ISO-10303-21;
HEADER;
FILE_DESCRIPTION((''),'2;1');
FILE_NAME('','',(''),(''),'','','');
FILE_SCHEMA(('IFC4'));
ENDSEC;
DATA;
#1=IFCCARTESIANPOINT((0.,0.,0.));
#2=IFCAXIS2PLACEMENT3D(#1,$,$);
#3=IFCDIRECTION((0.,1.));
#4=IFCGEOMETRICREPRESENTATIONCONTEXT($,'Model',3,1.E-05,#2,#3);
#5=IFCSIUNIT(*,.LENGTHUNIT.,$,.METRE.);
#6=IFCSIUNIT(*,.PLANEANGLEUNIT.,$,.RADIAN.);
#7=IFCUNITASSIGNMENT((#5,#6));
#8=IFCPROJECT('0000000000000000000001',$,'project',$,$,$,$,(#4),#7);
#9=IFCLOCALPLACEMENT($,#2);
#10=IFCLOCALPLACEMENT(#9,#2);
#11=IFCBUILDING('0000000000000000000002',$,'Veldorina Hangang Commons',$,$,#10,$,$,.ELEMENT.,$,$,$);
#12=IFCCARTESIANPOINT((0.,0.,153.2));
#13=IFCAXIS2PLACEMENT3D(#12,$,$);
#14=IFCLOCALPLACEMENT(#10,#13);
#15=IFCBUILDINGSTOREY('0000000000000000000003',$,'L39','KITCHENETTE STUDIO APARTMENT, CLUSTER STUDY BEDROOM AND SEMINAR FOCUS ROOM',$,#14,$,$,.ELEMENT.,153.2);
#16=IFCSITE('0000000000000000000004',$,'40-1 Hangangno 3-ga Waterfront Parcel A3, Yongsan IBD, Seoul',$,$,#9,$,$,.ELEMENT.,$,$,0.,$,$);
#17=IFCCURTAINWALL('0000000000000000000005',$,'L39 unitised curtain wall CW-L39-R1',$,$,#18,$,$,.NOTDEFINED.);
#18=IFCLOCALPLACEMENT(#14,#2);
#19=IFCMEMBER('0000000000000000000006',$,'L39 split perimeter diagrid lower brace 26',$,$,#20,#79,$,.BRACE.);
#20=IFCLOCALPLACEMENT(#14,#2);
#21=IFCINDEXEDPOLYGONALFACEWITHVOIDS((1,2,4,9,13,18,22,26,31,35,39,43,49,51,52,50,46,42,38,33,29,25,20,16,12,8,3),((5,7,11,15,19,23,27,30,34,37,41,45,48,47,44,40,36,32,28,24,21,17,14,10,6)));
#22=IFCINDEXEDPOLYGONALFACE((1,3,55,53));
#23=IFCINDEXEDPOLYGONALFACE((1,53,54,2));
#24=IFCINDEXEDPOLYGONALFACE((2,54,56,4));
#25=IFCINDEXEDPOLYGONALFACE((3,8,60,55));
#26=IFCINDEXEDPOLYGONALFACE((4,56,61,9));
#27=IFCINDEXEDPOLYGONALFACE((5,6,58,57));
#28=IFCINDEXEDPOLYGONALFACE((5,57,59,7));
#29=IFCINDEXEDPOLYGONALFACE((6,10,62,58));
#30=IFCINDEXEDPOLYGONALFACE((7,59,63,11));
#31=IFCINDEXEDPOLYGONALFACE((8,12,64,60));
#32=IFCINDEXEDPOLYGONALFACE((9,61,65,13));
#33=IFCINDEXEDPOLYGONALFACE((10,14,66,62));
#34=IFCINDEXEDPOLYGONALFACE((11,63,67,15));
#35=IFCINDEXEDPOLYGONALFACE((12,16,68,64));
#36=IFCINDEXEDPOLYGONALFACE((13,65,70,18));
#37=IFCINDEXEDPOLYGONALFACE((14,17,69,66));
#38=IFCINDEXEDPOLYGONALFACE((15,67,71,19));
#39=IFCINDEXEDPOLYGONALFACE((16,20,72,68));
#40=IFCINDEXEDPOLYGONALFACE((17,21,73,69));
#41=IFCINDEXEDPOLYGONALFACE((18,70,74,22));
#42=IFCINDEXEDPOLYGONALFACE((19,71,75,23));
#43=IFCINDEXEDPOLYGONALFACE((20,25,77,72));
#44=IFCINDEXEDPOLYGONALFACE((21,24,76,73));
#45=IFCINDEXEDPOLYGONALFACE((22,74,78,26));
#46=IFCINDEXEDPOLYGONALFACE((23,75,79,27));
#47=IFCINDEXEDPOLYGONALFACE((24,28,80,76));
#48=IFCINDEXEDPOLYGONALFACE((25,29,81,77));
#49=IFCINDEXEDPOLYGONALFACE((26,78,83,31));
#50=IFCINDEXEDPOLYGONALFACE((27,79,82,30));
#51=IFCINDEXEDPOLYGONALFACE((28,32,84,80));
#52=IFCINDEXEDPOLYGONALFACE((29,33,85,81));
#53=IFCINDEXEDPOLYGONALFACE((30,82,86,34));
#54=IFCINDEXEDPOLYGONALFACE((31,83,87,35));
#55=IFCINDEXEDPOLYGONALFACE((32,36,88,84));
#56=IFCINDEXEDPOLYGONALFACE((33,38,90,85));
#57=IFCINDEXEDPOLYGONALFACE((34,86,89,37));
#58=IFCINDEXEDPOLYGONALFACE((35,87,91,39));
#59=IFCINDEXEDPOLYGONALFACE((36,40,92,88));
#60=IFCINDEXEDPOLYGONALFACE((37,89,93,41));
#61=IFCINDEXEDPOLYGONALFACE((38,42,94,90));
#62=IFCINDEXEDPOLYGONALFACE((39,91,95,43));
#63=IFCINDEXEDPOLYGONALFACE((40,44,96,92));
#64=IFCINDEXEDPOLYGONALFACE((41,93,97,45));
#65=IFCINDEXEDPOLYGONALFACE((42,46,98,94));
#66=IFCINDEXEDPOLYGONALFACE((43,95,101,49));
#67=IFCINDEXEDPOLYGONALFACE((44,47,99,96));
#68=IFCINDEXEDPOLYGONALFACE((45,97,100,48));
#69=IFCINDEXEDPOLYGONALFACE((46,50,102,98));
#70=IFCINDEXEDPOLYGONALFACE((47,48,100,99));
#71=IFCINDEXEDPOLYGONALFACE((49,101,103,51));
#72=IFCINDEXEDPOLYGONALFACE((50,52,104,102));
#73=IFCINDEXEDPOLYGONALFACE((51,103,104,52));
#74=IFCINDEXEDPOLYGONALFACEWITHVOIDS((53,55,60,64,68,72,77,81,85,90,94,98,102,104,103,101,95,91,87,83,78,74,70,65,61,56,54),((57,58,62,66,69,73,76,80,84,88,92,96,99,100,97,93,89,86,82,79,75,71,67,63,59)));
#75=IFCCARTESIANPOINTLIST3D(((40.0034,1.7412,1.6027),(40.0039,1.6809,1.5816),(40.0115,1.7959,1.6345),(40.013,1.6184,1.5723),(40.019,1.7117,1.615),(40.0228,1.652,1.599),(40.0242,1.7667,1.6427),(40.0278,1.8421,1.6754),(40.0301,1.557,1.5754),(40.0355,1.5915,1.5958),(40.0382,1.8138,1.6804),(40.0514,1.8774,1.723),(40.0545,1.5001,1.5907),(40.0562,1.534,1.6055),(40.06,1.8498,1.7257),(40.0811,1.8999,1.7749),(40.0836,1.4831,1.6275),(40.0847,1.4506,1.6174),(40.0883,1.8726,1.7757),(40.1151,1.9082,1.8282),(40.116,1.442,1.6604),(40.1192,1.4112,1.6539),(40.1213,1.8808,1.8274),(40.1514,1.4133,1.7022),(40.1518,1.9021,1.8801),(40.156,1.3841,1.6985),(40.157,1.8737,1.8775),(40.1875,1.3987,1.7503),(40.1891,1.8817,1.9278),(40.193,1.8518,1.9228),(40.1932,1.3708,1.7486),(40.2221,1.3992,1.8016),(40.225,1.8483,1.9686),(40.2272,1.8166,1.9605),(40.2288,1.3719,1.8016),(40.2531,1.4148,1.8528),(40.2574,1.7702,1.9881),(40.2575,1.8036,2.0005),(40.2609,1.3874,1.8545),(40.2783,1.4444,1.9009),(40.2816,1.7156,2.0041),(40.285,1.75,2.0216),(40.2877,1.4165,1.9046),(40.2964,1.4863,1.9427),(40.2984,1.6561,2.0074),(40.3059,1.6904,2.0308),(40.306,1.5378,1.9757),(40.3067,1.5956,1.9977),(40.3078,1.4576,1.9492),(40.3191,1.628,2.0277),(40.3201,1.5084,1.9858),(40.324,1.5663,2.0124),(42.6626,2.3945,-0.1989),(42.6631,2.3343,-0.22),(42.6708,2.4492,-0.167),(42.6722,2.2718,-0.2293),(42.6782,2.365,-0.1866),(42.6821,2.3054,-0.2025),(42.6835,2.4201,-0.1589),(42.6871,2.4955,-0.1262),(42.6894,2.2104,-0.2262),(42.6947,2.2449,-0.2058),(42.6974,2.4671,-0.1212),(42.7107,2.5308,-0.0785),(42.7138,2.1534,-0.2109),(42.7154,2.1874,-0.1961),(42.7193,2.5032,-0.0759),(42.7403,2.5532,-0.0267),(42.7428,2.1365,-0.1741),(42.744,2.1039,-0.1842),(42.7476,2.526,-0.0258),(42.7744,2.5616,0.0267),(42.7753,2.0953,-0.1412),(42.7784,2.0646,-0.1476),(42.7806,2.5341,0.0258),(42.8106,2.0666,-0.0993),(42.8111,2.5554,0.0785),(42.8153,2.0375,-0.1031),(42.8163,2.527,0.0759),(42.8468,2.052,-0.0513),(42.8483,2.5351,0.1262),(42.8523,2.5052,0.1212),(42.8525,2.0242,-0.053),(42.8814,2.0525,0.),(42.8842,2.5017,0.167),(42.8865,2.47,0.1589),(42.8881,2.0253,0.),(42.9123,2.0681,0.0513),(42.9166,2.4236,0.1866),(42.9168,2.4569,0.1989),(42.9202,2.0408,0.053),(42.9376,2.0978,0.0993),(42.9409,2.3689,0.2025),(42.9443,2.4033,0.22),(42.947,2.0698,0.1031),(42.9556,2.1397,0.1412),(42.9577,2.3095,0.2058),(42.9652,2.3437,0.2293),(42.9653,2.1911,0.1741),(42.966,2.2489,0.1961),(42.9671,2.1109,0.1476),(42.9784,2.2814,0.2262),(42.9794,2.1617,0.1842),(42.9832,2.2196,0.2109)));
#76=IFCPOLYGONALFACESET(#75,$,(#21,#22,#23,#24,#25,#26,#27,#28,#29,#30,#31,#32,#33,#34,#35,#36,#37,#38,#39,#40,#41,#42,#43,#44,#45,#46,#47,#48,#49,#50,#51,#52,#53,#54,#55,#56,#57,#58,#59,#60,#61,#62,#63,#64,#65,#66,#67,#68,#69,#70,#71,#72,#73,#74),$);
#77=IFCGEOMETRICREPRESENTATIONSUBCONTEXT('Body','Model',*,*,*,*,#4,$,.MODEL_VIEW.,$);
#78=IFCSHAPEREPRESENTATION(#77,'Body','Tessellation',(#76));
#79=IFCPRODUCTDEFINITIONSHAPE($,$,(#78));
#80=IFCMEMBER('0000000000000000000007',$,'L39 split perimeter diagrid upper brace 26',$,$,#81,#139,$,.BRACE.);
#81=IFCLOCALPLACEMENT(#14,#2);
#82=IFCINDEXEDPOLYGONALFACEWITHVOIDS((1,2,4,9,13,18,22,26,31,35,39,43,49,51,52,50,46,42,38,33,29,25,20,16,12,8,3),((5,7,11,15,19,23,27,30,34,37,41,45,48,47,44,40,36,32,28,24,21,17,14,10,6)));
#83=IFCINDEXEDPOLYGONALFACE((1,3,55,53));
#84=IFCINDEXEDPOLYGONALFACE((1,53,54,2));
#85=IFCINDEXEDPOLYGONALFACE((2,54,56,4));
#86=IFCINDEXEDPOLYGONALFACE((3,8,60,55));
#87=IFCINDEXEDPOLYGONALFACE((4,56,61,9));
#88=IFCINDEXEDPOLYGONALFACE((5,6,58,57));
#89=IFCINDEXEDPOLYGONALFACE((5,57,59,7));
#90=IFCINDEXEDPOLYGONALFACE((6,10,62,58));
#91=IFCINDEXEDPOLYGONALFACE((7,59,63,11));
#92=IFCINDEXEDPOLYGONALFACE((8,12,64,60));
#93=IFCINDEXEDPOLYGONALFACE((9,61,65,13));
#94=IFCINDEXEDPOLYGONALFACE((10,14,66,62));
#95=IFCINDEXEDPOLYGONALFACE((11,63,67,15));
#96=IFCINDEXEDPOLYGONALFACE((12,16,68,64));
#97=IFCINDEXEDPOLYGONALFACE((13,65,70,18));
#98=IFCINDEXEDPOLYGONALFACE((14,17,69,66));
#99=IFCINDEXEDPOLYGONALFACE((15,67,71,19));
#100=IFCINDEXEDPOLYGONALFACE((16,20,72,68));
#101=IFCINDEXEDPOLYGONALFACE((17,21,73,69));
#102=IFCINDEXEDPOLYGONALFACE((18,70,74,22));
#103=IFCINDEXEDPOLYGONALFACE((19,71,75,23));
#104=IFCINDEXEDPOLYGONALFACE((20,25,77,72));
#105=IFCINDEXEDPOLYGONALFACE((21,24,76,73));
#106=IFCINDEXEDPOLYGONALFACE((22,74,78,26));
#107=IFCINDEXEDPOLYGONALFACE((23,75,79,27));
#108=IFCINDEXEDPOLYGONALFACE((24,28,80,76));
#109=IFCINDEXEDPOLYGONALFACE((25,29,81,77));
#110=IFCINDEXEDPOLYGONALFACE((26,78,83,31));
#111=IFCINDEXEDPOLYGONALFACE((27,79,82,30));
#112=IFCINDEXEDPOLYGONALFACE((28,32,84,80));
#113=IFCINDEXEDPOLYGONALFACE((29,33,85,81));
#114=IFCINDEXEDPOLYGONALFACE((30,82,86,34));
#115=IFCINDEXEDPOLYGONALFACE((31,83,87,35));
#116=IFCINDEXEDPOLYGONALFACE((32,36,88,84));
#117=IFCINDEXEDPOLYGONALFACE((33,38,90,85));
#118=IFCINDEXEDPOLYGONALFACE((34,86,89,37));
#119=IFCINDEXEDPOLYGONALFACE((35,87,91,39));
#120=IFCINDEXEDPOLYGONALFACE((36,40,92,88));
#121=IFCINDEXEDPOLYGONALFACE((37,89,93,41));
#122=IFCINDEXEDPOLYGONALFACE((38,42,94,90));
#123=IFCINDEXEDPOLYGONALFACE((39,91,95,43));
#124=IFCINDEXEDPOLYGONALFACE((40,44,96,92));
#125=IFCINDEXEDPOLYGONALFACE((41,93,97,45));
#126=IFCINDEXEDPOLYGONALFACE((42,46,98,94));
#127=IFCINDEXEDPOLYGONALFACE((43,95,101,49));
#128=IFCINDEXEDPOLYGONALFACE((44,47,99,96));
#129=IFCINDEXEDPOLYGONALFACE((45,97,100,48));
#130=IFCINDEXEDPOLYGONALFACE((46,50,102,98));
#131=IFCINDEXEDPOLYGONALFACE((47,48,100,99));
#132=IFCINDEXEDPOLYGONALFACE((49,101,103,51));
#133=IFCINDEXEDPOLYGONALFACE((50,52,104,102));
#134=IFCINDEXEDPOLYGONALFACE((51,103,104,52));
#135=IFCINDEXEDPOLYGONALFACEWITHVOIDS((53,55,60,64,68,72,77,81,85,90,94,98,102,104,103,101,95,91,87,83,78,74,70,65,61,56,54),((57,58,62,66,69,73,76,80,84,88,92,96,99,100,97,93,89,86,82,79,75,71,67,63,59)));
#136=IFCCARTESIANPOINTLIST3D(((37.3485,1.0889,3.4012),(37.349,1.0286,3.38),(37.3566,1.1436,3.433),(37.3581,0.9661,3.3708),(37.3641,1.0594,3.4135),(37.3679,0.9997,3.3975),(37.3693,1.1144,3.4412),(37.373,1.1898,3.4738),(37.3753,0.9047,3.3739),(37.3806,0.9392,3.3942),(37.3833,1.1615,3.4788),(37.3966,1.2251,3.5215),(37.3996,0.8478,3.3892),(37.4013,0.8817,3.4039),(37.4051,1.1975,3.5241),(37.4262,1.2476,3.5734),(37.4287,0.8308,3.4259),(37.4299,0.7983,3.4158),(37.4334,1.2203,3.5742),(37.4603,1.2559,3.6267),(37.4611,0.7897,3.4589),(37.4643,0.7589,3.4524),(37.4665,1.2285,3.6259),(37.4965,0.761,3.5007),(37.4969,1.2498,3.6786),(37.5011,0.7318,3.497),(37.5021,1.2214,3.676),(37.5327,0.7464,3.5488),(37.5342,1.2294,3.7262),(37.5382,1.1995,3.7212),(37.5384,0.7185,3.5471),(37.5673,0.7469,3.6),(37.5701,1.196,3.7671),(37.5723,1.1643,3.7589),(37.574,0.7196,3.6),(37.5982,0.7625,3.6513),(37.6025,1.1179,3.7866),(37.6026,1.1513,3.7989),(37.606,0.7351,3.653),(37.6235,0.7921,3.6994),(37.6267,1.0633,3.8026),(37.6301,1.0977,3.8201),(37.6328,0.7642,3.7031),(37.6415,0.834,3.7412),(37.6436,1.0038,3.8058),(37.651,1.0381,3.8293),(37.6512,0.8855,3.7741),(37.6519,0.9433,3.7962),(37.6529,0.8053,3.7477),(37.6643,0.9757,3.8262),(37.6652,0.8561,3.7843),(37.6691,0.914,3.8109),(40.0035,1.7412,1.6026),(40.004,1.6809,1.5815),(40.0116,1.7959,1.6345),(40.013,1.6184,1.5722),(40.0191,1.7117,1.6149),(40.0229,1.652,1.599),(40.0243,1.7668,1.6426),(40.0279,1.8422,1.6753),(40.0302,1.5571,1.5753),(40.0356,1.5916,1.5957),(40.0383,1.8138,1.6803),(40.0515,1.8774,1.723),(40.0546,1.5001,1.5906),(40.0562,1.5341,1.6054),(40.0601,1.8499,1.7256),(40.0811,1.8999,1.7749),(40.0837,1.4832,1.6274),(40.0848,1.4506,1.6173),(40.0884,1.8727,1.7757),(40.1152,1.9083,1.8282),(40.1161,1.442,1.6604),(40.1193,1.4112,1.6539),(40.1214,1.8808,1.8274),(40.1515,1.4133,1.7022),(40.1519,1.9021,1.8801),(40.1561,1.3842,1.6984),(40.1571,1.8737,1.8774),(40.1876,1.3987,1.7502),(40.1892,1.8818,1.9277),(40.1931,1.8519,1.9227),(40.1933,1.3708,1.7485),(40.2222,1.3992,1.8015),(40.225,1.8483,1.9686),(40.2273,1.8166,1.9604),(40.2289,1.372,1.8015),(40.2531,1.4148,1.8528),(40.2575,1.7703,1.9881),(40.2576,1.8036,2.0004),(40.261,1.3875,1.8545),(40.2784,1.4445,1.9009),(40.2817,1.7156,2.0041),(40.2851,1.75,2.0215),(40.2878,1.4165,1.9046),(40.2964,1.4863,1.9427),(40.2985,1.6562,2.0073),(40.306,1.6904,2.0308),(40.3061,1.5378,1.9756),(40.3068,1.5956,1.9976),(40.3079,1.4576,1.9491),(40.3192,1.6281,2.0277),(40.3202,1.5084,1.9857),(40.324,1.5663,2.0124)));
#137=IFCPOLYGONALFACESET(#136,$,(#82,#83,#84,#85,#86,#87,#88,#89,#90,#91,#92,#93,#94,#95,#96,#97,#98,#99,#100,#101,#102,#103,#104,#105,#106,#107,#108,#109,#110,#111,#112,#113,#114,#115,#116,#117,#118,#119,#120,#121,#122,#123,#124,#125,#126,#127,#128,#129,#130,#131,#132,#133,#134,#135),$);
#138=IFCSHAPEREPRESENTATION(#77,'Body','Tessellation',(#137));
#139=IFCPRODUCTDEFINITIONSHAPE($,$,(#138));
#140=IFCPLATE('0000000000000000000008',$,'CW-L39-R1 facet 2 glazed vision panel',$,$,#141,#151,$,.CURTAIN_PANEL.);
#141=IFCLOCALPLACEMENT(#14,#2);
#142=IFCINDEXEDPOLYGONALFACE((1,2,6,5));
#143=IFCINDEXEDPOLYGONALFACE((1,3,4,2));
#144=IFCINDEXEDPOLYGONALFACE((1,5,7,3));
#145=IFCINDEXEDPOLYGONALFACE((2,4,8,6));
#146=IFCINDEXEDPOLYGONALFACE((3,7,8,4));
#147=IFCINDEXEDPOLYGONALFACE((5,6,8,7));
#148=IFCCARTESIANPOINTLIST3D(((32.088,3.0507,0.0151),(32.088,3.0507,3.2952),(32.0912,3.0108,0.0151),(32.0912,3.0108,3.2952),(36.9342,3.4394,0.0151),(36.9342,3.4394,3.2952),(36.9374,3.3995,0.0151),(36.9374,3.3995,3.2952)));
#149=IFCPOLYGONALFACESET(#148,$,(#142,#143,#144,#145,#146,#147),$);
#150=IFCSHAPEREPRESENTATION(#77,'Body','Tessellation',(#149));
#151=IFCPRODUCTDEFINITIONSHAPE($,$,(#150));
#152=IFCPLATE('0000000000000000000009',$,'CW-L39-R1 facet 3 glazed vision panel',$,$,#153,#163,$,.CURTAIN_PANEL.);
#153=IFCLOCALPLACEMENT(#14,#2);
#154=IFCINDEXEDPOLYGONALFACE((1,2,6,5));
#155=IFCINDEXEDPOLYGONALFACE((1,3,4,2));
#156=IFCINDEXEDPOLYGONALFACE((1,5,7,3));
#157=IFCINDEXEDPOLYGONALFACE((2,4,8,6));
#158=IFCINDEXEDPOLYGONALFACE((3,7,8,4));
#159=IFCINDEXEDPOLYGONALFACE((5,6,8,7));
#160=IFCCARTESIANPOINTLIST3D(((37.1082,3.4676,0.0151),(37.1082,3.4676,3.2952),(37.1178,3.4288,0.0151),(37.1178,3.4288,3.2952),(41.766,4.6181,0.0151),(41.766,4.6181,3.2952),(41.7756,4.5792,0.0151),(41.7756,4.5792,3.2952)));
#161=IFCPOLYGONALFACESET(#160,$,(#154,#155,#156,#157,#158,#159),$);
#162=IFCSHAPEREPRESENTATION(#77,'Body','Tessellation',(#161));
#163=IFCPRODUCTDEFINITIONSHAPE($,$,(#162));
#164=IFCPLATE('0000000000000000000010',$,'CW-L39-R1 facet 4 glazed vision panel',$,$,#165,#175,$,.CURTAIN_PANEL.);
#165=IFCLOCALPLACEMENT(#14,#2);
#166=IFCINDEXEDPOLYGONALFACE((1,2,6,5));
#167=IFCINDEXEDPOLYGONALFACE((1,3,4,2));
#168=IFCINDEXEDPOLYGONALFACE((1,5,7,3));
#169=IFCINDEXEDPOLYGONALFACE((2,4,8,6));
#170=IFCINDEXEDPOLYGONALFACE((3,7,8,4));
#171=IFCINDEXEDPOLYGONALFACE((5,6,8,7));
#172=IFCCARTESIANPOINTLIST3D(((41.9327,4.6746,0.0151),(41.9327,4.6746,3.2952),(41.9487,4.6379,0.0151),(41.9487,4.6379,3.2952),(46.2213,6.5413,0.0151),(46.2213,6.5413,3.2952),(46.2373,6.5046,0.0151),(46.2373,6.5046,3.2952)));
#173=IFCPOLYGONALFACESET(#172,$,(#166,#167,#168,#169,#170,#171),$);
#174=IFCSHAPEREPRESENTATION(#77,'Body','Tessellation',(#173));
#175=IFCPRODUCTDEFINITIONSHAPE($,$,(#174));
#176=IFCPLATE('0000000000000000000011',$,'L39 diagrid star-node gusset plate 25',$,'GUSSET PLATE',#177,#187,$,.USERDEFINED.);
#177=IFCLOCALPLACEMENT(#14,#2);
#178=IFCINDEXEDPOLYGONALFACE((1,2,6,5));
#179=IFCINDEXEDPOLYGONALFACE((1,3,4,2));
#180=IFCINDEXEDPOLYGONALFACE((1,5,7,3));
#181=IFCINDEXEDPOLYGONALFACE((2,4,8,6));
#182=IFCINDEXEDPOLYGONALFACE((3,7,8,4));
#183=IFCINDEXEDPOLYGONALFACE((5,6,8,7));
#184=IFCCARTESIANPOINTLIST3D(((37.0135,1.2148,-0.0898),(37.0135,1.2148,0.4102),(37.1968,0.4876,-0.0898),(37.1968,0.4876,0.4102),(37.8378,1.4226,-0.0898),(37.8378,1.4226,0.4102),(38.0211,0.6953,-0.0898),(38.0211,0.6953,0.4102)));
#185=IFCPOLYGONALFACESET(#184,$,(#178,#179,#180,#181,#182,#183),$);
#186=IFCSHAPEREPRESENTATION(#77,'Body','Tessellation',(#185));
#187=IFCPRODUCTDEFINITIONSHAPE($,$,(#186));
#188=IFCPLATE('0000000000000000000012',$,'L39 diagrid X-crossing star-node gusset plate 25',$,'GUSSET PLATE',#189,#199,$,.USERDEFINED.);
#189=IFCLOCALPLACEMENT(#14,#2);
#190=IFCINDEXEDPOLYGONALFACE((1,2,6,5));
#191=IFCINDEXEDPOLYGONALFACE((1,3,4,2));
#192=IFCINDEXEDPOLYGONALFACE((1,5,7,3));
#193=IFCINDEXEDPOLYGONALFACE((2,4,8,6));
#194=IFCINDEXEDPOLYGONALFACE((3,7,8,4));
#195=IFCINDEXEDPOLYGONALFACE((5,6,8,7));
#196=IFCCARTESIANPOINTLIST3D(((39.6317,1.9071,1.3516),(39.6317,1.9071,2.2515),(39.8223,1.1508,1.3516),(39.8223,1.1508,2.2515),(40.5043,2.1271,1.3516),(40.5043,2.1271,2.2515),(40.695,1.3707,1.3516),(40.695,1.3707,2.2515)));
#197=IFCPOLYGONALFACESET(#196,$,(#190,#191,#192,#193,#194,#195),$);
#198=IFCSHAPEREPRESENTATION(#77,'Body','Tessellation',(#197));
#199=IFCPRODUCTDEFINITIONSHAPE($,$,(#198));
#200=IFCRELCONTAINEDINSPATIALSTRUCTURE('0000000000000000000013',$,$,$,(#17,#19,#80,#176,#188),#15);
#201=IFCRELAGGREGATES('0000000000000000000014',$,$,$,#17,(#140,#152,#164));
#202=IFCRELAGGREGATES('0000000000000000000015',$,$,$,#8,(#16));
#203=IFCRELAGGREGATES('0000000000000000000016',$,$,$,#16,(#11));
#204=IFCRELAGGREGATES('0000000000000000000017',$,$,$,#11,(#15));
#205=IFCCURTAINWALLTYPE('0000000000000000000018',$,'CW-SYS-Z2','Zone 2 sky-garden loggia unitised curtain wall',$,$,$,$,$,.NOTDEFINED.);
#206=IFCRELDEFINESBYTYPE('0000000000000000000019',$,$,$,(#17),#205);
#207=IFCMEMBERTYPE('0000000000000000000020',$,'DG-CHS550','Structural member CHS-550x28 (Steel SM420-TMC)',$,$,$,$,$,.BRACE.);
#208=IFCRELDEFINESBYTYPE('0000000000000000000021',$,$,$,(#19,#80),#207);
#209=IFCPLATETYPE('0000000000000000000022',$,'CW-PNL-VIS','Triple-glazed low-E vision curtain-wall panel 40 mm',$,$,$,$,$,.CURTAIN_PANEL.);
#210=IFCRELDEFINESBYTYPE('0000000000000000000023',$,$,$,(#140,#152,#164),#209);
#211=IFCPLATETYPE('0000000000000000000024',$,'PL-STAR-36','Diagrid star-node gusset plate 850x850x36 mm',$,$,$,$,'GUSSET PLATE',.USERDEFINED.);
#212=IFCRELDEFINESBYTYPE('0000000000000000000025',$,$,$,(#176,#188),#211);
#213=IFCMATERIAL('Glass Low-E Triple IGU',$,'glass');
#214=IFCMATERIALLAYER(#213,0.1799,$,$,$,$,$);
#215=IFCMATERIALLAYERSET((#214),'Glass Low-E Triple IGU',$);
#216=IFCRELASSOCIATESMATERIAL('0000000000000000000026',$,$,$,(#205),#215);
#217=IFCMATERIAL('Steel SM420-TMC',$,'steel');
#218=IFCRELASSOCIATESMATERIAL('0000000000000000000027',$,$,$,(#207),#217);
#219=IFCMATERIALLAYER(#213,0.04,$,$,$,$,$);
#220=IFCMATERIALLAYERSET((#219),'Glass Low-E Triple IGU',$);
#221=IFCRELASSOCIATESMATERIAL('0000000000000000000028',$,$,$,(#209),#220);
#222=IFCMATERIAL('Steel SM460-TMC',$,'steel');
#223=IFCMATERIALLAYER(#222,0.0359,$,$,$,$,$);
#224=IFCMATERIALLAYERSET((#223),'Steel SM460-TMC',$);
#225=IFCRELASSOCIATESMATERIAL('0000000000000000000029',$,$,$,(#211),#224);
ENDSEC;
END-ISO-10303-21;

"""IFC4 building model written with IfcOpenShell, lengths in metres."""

from ifc_helpers import new_model, si_unit, direction, frame, origin, origin_2d, place, context, subcontext, project, spatial, rectangle, hollow_circle, extrude, material, layer, layer_set, material_profile, profile_set, type_object, element, aggregate, save


model = new_model("IFC4")

# Units and contexts
model_context = context("Model", 3, precision=1e-05, world=origin(), true_north=direction((0.0, 1.0)))
body_context = subcontext(model_context, "Body", "Model", "MODEL_VIEW")
ifc_project = project(units=[si_unit("LENGTHUNIT", "METRE"), si_unit("PLANEANGLEUNIT", "RADIAN")], contexts=[model_context])

# Site, building, storey
site_placement = place(None, origin())
site = spatial("IfcSite", under=ifc_project, at=site_placement, Name="40-1 Hangangno 3-ga Waterfront Parcel A3, Yongsan IBD, Seoul", CompositionType="ELEMENT", RefElevation=0.0)
building_placement = place(site_placement, origin())
building = spatial("IfcBuilding", under=site, at=building_placement, Name="Veldorina Hangang Commons", CompositionType="ELEMENT")
storey_placement = place(building_placement, frame((0.0, 0.0, 153.2)))
storey = spatial("IfcBuildingStorey", under=building, at=storey_placement, Name="L39", Description="KITCHENETTE STUDIO APARTMENT, CLUSTER STUDY BEDROOM AND SEMINAR FOCUS ROOM", CompositionType="ELEMENT", Elevation=153.2)

# Shared definitions
ifc_material_1 = material(Name="Steel SM420-TMC", Category="steel")

# Curtain wall
ifc_material_2 = material(Name="Glass Low-E Triple IGU", Category="glass")
ifc_layer_1 = layer(ifc_material_2, 0.1799)
ifc_layer_set_1 = layer_set([ifc_layer_1], Name="Glass Low-E Triple IGU")
curtain_wall_type = type_object("IfcCurtainWallType", Name="CW-SYS-Z2", Description="Zone 2 sky-garden loggia unitised curtain wall", PredefinedType="NOTDEFINED", material=ifc_layer_set_1)
curtain_wall_placement = place(storey_placement, origin())
curtain_wall = element("IfcCurtainWall", 1, at=curtain_wall_placement, inside=storey, type_object=curtain_wall_type, Name="L39 unitised curtain wall CW-L39-R1", PredefinedType="NOTDEFINED")

# Members
ifc_material_profile_1 = material_profile(ifc_material_1, hollow_circle(Radius=0.2749, WallThickness=0.0281, at=origin_2d()), Name="CHS-550x28")
ifc_profile_set_1 = profile_set([ifc_material_profile_1], Name="Steel SM420-TMC")
member_type_1 = type_object("IfcMemberType", Name="DG-CHS550", Description="Structural member CHS-550x28 (Steel SM420-TMC)", PredefinedType="BRACE", material=ifc_profile_set_1)
member_1_placement = place(storey_placement, frame((42.8225, 2.2922, 0.0), z_axis=(-0.811287, -0.199321, 0.549622), x_axis=(0.23859, -0.97112, 0.0)))
element("IfcMember", 2, at=member_1_placement, inside=storey, type_object=member_type_1, Name="L39 split perimeter diagrid lower brace 26", PredefinedType="BRACE", context=body_context, shape_type="SweptSolid", body=[
    extrude(hollow_circle(Radius=0.2749, WallThickness=0.0281, at=origin_2d()), origin(), (0.0, 0.0, 1.0), 3.2778),
])
member_2_placement = place(storey_placement, frame((40.1633, 1.6389, 1.8015), z_axis=(-0.811301, -0.199338, 0.549596), x_axis=(0.238605, -0.971117, 0.0)))
element("IfcMember", 3, at=member_2_placement, inside=storey, type_object=member_type_1, Name="L39 split perimeter diagrid upper brace 26", PredefinedType="BRACE", context=body_context, shape_type="SweptSolid", body=[
    extrude(hollow_circle(Radius=0.2749, WallThickness=0.0281, at=origin_2d()), origin(), (0.0, 0.0, 1.0), 3.2725),
])

# Plates
ifc_layer_2 = layer(ifc_material_2, 0.04)
ifc_layer_set_2 = layer_set([ifc_layer_2], Name="Glass Low-E Triple IGU")
plate_type_1 = type_object("IfcPlateType", Name="CW-PNL-VIS", Description="Triple-glazed low-E vision curtain-wall panel 40 mm", PredefinedType="CURTAIN_PANEL", material=ifc_layer_set_2)
plate_1_placement = place(storey_placement, frame((34.5127, 3.2251, 0.0151), z_axis=(0.0, 0.0, 1.0), x_axis=(0.996798, 0.079955, 0.0)))
plate_1 = element("IfcPlate", 4, at=plate_1_placement, type_object=plate_type_1, Name="CW-L39-R1 facet 2 glazed vision panel", PredefinedType="CURTAIN_PANEL", context=body_context, shape_type="SweptSolid", body=[
    extrude(rectangle(XDim=4.8618, YDim=0.04, at=origin_2d()), origin(), (0.0, 0.0, 1.0), 3.28),
])
plate_2_placement = place(storey_placement, frame((39.4419, 4.0234, 0.0151), z_axis=(0.0, 0.0, 1.0), x_axis=(0.970825, 0.239788, 0.0)))
plate_2 = element("IfcPlate", 5, at=plate_2_placement, type_object=plate_type_1, Name="CW-L39-R1 facet 3 glazed vision panel", PredefinedType="CURTAIN_PANEL", context=body_context, shape_type="SweptSolid", body=[
    extrude(rectangle(XDim=4.7979, YDim=0.04, at=origin_2d()), origin(), (0.0, 0.0, 1.0), 3.28),
])
plate_3_placement = place(storey_placement, frame((44.085, 5.5896, 0.0151), z_axis=(0.0, 0.0, 1.0), x_axis=(0.916907, 0.399101, 0.0)))
plate_3 = element("IfcPlate", 6, at=plate_3_placement, type_object=plate_type_1, Name="CW-L39-R1 facet 4 glazed vision panel", PredefinedType="CURTAIN_PANEL", context=body_context, shape_type="SweptSolid", body=[
    extrude(rectangle(XDim=4.6772, YDim=0.04, at=origin_2d()), origin(), (0.0, 0.0, 1.0), 3.28),
])
aggregate(curtain_wall, [plate_1, plate_2, plate_3])

# Plates
ifc_material_3 = material(Name="Steel SM460-TMC", Category="steel")
ifc_layer_3 = layer(ifc_material_3, 0.0359)
ifc_layer_set_3 = layer_set([ifc_layer_3], Name="Steel SM460-TMC")
plate_type_2 = type_object("IfcPlateType", Name="PL-STAR-36", Description="Diagrid star-node gusset plate 850x850x36 mm", ElementType="GUSSET PLATE", PredefinedType="USERDEFINED", material=ifc_layer_set_3)
plate_4_placement = place(storey_placement, frame((37.5173, 0.9551, -0.0898), z_axis=(0.0, 0.0, 1.0), x_axis=(0.969676, 0.244394, 0.0)))
element("IfcPlate", 7, at=plate_4_placement, inside=storey, type_object=plate_type_2, Name="L39 diagrid star-node gusset plate 25", ObjectType="GUSSET PLATE", PredefinedType="USERDEFINED", context=body_context, shape_type="SweptSolid", body=[
    extrude(rectangle(XDim=0.8501, YDim=0.75, at=origin_2d()), origin(), (0.0, 0.0, 1.0), 0.5),
])
plate_5_placement = place(storey_placement, frame((40.1633, 1.6389, 1.3516), z_axis=(0.0, 0.0, 1.0), x_axis=(0.969676, 0.244394, 0.0)))
element("IfcPlate", 8, at=plate_5_placement, inside=storey, type_object=plate_type_2, Name="L39 diagrid X-crossing star-node gusset plate 25", ObjectType="GUSSET PLATE", PredefinedType="USERDEFINED", context=body_context, shape_type="SweptSolid", body=[
    extrude(rectangle(XDim=0.8999, YDim=0.78, at=origin_2d()), origin(), (0.0, 0.0, 1.0), 0.8999),
])

save(model, "model.ifc")
